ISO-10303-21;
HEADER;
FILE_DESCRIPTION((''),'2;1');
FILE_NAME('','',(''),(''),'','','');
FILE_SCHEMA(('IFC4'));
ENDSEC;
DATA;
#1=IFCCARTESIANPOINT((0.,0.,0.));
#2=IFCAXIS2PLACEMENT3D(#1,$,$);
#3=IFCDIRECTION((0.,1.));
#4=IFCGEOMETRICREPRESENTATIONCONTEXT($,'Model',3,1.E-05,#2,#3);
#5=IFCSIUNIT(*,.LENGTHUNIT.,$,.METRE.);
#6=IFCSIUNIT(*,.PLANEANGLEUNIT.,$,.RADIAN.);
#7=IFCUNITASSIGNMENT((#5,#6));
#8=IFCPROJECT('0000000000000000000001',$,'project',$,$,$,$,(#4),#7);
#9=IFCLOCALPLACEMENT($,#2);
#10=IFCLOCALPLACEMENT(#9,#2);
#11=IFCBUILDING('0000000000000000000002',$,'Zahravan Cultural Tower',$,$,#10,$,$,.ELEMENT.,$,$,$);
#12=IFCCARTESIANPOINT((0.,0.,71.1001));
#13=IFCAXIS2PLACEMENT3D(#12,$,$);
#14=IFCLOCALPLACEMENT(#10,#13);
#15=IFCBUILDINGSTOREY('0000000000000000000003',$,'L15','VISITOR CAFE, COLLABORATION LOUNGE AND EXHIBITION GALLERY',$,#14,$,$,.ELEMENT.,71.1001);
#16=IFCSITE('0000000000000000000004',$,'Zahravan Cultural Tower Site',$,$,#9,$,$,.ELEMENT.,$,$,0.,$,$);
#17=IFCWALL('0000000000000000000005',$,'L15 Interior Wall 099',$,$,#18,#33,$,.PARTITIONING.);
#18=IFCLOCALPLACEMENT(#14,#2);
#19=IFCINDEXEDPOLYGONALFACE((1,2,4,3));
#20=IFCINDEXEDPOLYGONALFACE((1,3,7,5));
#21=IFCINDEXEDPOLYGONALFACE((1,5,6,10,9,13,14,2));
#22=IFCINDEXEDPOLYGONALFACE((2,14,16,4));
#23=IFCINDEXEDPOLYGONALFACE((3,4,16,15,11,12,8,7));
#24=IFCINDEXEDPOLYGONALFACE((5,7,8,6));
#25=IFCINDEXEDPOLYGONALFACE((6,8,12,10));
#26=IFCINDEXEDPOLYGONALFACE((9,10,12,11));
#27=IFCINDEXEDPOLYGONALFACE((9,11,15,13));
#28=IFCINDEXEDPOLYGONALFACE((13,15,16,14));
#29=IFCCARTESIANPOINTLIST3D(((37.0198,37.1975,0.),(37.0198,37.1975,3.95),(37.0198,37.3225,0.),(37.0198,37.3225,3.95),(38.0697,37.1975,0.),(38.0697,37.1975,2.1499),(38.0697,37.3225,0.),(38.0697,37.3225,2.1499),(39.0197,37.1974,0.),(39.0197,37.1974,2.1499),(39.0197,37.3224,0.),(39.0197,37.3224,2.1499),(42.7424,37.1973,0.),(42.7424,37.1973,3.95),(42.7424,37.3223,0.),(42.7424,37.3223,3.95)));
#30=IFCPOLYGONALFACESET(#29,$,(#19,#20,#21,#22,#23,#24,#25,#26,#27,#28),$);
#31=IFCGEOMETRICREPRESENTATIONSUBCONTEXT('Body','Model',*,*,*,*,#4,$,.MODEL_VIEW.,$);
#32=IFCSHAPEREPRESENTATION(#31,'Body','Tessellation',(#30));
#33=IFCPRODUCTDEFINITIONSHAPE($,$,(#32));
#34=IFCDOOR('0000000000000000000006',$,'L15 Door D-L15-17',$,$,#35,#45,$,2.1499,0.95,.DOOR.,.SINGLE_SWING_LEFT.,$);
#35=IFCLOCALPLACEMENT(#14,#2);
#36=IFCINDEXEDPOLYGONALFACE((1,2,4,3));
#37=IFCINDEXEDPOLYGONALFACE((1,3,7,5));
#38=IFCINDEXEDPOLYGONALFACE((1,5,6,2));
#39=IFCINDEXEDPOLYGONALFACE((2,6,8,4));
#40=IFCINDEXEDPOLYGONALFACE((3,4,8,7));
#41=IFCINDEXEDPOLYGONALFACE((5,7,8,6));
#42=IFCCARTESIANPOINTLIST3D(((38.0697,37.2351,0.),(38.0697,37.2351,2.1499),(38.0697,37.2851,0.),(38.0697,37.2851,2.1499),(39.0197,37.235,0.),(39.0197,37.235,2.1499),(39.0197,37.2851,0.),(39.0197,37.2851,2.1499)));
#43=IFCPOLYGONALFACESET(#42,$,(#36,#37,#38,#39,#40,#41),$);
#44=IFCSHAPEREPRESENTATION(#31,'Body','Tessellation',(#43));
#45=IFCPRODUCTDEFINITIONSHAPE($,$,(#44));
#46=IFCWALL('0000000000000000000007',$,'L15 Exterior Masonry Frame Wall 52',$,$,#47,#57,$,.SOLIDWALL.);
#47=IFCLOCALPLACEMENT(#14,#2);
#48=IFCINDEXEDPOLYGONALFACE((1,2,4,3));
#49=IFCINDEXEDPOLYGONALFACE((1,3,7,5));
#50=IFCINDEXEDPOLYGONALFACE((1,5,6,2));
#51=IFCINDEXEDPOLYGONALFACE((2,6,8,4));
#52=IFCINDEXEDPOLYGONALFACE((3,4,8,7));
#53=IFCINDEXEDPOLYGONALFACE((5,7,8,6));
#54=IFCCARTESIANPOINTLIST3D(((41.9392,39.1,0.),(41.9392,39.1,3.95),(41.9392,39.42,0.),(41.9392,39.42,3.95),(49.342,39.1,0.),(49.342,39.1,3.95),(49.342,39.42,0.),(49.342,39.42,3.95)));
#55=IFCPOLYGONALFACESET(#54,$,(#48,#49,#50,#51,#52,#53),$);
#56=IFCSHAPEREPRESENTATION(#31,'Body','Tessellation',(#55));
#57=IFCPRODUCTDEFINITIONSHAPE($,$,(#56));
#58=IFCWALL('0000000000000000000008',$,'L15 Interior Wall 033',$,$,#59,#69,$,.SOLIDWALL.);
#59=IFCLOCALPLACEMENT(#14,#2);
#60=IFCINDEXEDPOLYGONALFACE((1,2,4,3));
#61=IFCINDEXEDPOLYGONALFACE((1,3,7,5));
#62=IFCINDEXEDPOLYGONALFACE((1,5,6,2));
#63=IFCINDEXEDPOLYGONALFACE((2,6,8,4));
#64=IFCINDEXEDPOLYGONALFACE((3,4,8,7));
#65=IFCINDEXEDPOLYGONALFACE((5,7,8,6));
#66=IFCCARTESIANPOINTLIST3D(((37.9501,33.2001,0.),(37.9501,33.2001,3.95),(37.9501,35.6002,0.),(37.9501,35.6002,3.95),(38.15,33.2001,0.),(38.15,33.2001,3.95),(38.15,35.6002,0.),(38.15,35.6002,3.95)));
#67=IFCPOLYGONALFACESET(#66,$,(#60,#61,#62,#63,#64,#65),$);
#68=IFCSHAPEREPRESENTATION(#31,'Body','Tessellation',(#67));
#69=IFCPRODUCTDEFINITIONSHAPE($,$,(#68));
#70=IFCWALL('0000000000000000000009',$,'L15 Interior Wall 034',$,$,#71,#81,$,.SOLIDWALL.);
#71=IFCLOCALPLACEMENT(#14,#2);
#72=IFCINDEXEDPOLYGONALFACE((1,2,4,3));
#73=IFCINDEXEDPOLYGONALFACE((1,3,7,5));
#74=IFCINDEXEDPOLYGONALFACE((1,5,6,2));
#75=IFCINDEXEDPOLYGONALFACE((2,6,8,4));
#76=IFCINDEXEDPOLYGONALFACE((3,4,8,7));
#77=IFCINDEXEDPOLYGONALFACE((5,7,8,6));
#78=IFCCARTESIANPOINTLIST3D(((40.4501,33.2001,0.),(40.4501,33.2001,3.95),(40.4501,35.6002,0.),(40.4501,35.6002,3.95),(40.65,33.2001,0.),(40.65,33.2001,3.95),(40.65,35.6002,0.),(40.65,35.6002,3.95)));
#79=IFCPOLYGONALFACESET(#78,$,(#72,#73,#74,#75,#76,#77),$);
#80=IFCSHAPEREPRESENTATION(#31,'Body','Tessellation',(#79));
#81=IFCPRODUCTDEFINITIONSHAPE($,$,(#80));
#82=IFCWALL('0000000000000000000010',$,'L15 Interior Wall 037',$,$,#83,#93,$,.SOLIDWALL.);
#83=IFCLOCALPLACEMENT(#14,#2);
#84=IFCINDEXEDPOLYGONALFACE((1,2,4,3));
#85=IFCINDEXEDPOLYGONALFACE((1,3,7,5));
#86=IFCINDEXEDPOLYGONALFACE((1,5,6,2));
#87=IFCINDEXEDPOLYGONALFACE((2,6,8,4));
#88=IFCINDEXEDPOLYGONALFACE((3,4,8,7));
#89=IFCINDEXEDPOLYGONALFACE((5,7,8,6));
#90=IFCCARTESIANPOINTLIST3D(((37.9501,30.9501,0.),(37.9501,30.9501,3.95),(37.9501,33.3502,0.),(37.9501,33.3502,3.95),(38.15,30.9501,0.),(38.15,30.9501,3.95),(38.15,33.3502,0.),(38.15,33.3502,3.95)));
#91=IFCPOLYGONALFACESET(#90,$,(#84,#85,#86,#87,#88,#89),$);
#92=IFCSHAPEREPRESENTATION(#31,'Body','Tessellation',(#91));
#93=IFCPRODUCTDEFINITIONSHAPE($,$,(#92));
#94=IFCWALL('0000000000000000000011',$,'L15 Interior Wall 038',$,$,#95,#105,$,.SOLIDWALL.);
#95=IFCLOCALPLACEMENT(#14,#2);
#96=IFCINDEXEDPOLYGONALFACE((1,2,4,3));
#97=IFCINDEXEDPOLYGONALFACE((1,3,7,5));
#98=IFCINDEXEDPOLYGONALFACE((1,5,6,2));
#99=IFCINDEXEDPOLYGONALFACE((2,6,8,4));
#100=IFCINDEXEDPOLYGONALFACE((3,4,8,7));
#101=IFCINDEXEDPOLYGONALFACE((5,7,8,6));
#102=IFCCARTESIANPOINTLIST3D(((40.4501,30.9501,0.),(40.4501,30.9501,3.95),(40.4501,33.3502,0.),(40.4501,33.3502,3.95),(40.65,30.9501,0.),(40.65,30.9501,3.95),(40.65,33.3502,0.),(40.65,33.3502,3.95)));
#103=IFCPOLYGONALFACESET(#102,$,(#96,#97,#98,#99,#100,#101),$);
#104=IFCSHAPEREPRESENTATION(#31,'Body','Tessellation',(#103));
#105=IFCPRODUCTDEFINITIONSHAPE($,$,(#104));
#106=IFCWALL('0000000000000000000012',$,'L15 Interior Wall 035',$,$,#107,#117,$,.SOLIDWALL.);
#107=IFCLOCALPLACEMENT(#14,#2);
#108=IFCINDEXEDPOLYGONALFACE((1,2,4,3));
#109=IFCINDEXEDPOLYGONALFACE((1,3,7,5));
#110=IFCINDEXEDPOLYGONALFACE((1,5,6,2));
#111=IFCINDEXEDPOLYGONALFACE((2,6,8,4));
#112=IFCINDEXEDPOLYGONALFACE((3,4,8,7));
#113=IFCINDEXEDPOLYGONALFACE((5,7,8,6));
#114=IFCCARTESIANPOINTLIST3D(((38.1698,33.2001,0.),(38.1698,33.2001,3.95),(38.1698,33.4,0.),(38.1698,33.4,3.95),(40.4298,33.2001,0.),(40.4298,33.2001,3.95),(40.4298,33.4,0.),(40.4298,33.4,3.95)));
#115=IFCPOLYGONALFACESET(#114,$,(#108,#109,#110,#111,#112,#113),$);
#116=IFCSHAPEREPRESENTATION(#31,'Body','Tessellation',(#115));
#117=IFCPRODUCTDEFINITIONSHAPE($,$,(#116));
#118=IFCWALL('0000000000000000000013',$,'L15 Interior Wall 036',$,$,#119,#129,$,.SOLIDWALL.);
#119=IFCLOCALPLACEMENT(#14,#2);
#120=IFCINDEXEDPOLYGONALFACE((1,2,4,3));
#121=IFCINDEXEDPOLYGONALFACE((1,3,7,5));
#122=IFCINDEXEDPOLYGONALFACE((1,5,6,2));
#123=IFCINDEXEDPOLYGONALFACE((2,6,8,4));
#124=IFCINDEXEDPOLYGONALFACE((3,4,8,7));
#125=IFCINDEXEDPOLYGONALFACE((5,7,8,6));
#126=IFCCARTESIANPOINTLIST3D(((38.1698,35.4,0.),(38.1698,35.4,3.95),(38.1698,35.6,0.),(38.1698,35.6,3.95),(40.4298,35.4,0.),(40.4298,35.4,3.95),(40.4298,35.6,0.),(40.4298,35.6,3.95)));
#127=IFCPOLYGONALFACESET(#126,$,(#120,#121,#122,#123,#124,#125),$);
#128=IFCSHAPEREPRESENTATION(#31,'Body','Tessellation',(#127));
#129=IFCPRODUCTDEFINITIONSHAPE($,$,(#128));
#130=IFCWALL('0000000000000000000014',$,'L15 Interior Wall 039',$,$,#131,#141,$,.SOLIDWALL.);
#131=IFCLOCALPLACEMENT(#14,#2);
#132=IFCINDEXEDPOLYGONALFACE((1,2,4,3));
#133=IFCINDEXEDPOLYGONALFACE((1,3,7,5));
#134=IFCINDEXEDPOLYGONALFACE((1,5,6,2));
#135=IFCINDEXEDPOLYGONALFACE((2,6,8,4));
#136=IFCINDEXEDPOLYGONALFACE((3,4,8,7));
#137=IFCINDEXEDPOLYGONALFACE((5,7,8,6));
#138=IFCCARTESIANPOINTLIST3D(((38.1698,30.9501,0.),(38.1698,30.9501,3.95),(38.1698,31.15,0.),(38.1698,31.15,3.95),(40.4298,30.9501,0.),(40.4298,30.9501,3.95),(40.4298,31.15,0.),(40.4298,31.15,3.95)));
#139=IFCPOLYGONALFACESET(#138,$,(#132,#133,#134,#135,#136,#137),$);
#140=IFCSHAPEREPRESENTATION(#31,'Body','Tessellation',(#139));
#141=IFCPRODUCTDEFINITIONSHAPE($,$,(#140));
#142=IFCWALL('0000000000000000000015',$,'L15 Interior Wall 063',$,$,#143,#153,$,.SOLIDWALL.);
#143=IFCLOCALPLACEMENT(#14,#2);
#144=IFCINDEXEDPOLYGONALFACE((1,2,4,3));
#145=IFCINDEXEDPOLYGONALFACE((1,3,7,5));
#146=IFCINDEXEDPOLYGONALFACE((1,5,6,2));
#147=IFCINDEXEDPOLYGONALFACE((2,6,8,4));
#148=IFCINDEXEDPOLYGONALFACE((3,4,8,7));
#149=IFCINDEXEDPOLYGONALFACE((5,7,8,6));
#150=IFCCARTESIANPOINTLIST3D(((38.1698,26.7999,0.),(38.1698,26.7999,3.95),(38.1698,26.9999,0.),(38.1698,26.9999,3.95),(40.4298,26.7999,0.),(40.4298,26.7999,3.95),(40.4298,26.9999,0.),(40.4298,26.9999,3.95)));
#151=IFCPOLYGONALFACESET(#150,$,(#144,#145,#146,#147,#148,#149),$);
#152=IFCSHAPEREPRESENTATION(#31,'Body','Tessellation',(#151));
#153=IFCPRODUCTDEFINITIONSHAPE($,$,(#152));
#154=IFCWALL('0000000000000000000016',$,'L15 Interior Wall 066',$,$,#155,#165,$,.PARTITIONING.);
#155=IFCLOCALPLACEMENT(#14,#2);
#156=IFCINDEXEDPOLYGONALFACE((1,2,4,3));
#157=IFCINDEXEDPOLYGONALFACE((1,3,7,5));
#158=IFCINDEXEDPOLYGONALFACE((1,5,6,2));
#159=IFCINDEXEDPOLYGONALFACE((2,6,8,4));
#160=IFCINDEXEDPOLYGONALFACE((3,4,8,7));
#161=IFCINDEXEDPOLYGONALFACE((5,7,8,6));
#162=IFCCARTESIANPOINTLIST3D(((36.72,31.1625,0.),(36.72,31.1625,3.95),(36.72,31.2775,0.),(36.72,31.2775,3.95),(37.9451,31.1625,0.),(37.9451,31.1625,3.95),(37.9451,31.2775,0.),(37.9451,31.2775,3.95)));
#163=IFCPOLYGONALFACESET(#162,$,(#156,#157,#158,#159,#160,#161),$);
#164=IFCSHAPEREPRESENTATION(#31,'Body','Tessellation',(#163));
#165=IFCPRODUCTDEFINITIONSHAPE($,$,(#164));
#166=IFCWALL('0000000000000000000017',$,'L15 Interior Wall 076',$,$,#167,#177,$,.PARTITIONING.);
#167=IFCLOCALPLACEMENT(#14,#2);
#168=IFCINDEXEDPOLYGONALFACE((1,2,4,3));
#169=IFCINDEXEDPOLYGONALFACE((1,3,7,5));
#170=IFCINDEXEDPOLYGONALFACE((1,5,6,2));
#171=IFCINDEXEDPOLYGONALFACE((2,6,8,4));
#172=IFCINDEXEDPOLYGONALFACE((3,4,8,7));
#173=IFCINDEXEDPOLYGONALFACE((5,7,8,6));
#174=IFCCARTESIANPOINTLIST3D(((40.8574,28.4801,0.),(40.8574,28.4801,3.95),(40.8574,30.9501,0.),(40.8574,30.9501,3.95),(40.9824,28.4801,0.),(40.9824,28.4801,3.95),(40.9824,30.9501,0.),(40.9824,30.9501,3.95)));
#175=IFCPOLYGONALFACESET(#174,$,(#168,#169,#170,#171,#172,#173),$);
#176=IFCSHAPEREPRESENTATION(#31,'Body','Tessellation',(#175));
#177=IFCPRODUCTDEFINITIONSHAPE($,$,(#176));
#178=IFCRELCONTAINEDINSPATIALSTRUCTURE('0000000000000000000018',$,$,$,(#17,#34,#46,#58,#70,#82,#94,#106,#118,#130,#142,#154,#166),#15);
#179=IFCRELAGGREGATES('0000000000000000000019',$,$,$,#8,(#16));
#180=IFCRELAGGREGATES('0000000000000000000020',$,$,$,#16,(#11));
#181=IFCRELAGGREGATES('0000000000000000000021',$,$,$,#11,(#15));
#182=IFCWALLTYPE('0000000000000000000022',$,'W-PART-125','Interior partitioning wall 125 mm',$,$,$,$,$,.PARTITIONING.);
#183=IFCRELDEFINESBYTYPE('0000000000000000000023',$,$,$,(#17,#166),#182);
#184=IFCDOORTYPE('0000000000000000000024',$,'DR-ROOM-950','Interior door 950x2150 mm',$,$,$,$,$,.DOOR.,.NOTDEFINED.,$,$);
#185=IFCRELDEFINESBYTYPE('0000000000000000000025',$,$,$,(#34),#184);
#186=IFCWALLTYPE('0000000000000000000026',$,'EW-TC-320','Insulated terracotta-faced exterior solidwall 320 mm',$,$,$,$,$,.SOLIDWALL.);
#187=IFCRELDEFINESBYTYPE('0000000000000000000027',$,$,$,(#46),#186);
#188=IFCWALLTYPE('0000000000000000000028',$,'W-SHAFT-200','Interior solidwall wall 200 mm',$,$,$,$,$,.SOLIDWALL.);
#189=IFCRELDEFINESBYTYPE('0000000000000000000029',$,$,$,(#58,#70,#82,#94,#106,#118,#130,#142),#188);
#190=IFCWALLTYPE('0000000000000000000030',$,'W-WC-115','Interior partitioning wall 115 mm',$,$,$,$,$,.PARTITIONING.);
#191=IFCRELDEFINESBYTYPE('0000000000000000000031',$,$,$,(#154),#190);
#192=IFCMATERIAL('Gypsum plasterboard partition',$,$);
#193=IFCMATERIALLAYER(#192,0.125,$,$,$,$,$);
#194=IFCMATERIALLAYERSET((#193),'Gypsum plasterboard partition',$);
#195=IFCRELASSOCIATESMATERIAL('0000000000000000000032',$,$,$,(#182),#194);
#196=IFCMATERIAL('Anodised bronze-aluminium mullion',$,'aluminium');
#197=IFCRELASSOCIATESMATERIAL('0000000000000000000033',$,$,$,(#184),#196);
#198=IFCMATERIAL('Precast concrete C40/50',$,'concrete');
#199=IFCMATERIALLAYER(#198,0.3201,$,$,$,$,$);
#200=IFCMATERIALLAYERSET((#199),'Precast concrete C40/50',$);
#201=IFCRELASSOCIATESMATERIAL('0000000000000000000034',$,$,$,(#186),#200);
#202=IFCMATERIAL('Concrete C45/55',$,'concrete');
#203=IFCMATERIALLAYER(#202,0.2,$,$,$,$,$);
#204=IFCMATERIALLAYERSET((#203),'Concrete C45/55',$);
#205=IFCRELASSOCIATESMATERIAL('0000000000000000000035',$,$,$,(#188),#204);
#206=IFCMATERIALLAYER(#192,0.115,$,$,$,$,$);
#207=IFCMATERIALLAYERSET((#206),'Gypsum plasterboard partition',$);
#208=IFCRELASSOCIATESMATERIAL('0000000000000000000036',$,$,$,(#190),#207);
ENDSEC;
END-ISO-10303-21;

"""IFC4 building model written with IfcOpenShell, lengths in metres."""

from ifc_helpers import new_model, si_unit, direction, frame, frame_2d, origin, place, context, subcontext, project, spatial, rectangle, extrude, source, transform, mapped, material, layer, layer_set, type_object, element, fill, save


model = new_model("IFC4")

# Units and contexts
model_context = context("Model", 3, precision=1e-05, world=origin(), true_north=direction((0.0, 1.0)))
body_context = subcontext(model_context, "Body", "Model", "MODEL_VIEW")
ifc_project = project(units=[si_unit("LENGTHUNIT", "METRE"), si_unit("PLANEANGLEUNIT", "RADIAN")], contexts=[model_context])

# Site, building, storey
site_placement = place(None, origin())
site = spatial("IfcSite", under=ifc_project, at=site_placement, Name="Zahravan Cultural Tower Site", CompositionType="ELEMENT", RefElevation=0.0)
building_placement = place(site_placement, origin())
building = spatial("IfcBuilding", under=site, at=building_placement, Name="Zahravan Cultural Tower", CompositionType="ELEMENT")
storey_placement = place(building_placement, frame((0.0, 0.0, 71.1001)))
storey = spatial("IfcBuildingStorey", under=building, at=storey_placement, Name="L15", Description="VISITOR CAFE, COLLABORATION LOUNGE AND EXHIBITION GALLERY", CompositionType="ELEMENT", Elevation=71.1001)

# Shared definitions
ifc_material_1 = material(Name="Anodised bronze-aluminium mullion", Category="aluminium")

# Wall, opening, door
ifc_material_2 = material(Name="Gypsum plasterboard partition")
ifc_layer_1 = layer(ifc_material_2, 0.125)
ifc_layer_set_1 = layer_set([ifc_layer_1], Name="Gypsum plasterboard partition")
wall_type_1 = type_object("IfcWallType", Name="W-PART-125", Description="Interior partitioning wall 125 mm", PredefinedType="PARTITIONING", material=ifc_layer_set_1)
door_type = type_object("IfcDoorType", Name="DR-ROOM-950", Description="Interior door 950x2150 mm", OperationType="NOTDEFINED", PredefinedType="DOOR", material=ifc_material_1)
shared_shape_1 = source(origin(), body_context, "Body", "SweptSolid", [
    extrude(rectangle(XDim=0.95, YDim=2.1499, at=frame_2d((0.4751, 1.075))), frame((0.0, 0.0249, 0.0), z_axis=(0.0, -1.0, 0.0), x_axis=(1.0, 0.0, 0.0)), (0.0, 0.0, 1.0), 0.05),
])
wall_1_placement = place(storey_placement, frame((42.7424, 37.2598, 0.0), z_axis=(0.0, 0.0, 1.0), x_axis=(-1.0, 0.000043, 0.0)))
wall_1 = element("IfcWall", 1, at=wall_1_placement, inside=storey, type_object=wall_type_1, Name="L15 Interior Wall 099", PredefinedType="PARTITIONING", context=body_context, shape_type="SweptSolid", body=[
    extrude(rectangle(XDim=5.7227, YDim=0.125, at=frame_2d((2.8613, 0.0))), origin(), (0.0, 0.0, 1.0), 3.95),
])
opening_1_placement = place(wall_1_placement, frame((3.7227, 0.0, 0.0)))
opening_1 = element("IfcOpeningElement", 2, at=opening_1_placement, cuts=wall_1, PredefinedType="OPENING", context=body_context, shape_type="SweptSolid", body=[
    extrude(rectangle(XDim=0.95, YDim=2.1499, at=frame_2d((0.4751, 1.075))), frame((0.0, 0.0725, 0.0), z_axis=(0.0, -1.0, 0.0), x_axis=(1.0, 0.0, 0.0)), (0.0, 0.0, 1.0), 0.145),
])
door_1_placement = place(opening_1_placement, origin())
door_1 = element("IfcDoor", 3, at=door_1_placement, inside=storey, type_object=door_type, Name="L15 Door D-L15-17", OperationType="SINGLE_SWING_LEFT", OverallHeight=2.1499, OverallWidth=0.95, PredefinedType="DOOR", context=body_context, shape_type="MappedRepresentation", body=[
    mapped(shared_shape_1, transform((0.0, 0.0, 0.0), x_axis=(1.0, 0.0, 0.0), y_axis=(0.0, 1.0, 0.0), z_axis=(0.0, 0.0, 1.0), scale=1.0)),
])
fill(opening_1, door_1)

# Walls
ifc_material_3 = material(Name="Precast concrete C40/50", Category="concrete")
ifc_layer_2 = layer(ifc_material_3, 0.3201)
ifc_layer_set_2 = layer_set([ifc_layer_2], Name="Precast concrete C40/50")
wall_type_2 = type_object("IfcWallType", Name="EW-TC-320", Description="Insulated terracotta-faced exterior solidwall 320 mm", PredefinedType="SOLIDWALL", material=ifc_layer_set_2)
shared_shape_2 = source(origin(), body_context, "Body", "SweptSolid", [
    extrude(rectangle(XDim=7.4028, YDim=0.3201, at=frame_2d((3.7014, 0.0))), origin(), (0.0, 0.0, 1.0), 3.95),
])
wall_2_placement = place(storey_placement, frame((41.9392, 39.26, 0.0), z_axis=(0.0, 0.0, 1.0), x_axis=(1.0, 0.0, 0.0)))
element("IfcWall", 4, at=wall_2_placement, inside=storey, type_object=wall_type_2, Name="L15 Exterior Masonry Frame Wall 52", PredefinedType="SOLIDWALL", context=body_context, shape_type="MappedRepresentation", body=[
    mapped(shared_shape_2, transform((0.0, 0.0, 0.0), x_axis=(1.0, 0.0, 0.0), y_axis=(0.0, 1.0, 0.0), z_axis=(0.0, 0.0, 1.0), scale=1.0)),
])
ifc_material_4 = material(Name="Concrete C45/55", Category="concrete")
ifc_layer_3 = layer(ifc_material_4, 0.2)
ifc_layer_set_3 = layer_set([ifc_layer_3], Name="Concrete C45/55")
wall_type_3 = type_object("IfcWallType", Name="W-SHAFT-200", Description="Interior solidwall wall 200 mm", PredefinedType="SOLIDWALL", material=ifc_layer_set_3)
shared_shape_3 = source(origin(), body_context, "Body", "SweptSolid", [
    extrude(rectangle(XDim=2.4001, YDim=0.2, at=frame_2d((1.2002, 0.0))), origin(), (0.0, 0.0, 1.0), 3.95),
])
for number, where, z_axis, x_axis, name in (
    (5, (38.05, 33.2, 0.0), (0.0, 0.0, 1.0), (0.0, 1.0, 0.0), "L15 Interior Wall 033"),
    (6, (40.55, 33.2, 0.0), (0.0, 0.0, 1.0), (0.0, 1.0, 0.0), "L15 Interior Wall 034"),
    (7, (38.05, 30.95, 0.0), (0.0, 0.0, 1.0), (0.0, 1.0, 0.0), "L15 Interior Wall 037"),
    (8, (40.55, 30.95, 0.0), (0.0, 0.0, 1.0), (0.0, 1.0, 0.0), "L15 Interior Wall 038"),
):
    element("IfcWall", number, at=place(storey_placement, frame(where, z_axis=z_axis, x_axis=x_axis)), inside=storey, type_object=wall_type_3, Name=name, PredefinedType="SOLIDWALL", context=body_context, shape_type="MappedRepresentation", body=[
        mapped(shared_shape_3, transform((0.0, 0.0, 0.0), x_axis=(1.0, 0.0, 0.0), y_axis=(0.0, 1.0, 0.0), z_axis=(0.0, 0.0, 1.0), scale=1.0)),
    ])
shared_shape_4 = source(origin(), body_context, "Body", "SweptSolid", [
    extrude(rectangle(XDim=2.26, YDim=0.2, at=frame_2d((1.1299, 0.0))), origin(), (0.0, 0.0, 1.0), 3.95),
])
for number, where, z_axis, x_axis, name in (
    (9, (38.1699, 33.3, 0.0), (0.0, 0.0, 1.0), (1.0, 0.0, 0.0), "L15 Interior Wall 035"),
    (10, (38.1699, 35.5, 0.0), (0.0, 0.0, 1.0), (1.0, 0.0, 0.0), "L15 Interior Wall 036"),
    (11, (38.1699, 31.05, 0.0), (0.0, 0.0, 1.0), (1.0, 0.0, 0.0), "L15 Interior Wall 039"),
    (12, (38.1699, 26.8999, 0.0), (0.0, 0.0, 1.0), (1.0, 0.0, 0.0), "L15 Interior Wall 063"),
):
    element("IfcWall", number, at=place(storey_placement, frame(where, z_axis=z_axis, x_axis=x_axis)), inside=storey, type_object=wall_type_3, Name=name, PredefinedType="SOLIDWALL", context=body_context, shape_type="MappedRepresentation", body=[
        mapped(shared_shape_4, transform((0.0, 0.0, 0.0), x_axis=(1.0, 0.0, 0.0), y_axis=(0.0, 1.0, 0.0), z_axis=(0.0, 0.0, 1.0), scale=1.0)),
    ])
ifc_layer_4 = layer(ifc_material_2, 0.115)
ifc_layer_set_4 = layer_set([ifc_layer_4], Name="Gypsum plasterboard partition")
wall_type_4 = type_object("IfcWallType", Name="W-WC-115", Description="Interior partitioning wall 115 mm", PredefinedType="PARTITIONING", material=ifc_layer_set_4)
shared_shape_5 = source(origin(), body_context, "Body", "SweptSolid", [
    extrude(rectangle(XDim=1.2251, YDim=0.115, at=frame_2d((0.6125, 0.0))), origin(), (0.0, 0.0, 1.0), 3.95),
])
wall_3_placement = place(storey_placement, frame((37.9451, 31.22, 0.0), z_axis=(0.0, 0.0, 1.0), x_axis=(-1.0, 0.0, 0.0)))
element("IfcWall", 13, at=wall_3_placement, inside=storey, type_object=wall_type_4, Name="L15 Interior Wall 066", PredefinedType="PARTITIONING", context=body_context, shape_type="MappedRepresentation", body=[
    mapped(shared_shape_5, transform((0.0, 0.0, 0.0), x_axis=(1.0, 0.0, 0.0), y_axis=(0.0, 1.0, 0.0), z_axis=(0.0, 0.0, 1.0), scale=1.0)),
])
shared_shape_6 = source(origin(), body_context, "Body", "SweptSolid", [
    extrude(rectangle(XDim=2.47, YDim=0.125, at=frame_2d((1.2349, 0.0))), origin(), (0.0, 0.0, 1.0), 3.95),
])
wall_4_placement = place(storey_placement, frame((40.9199, 30.95, 0.0), z_axis=(0.0, 0.0, 1.0), x_axis=(0.0, -1.0, 0.0)))
element("IfcWall", 14, at=wall_4_placement, inside=storey, type_object=wall_type_1, Name="L15 Interior Wall 076", PredefinedType="PARTITIONING", context=body_context, shape_type="MappedRepresentation", body=[
    mapped(shared_shape_6, transform((0.0, 0.0, 0.0), x_axis=(1.0, 0.0, 0.0), y_axis=(0.0, 1.0, 0.0), z_axis=(0.0, 0.0, 1.0), scale=1.0)),
])

save(model, "model.ifc")
